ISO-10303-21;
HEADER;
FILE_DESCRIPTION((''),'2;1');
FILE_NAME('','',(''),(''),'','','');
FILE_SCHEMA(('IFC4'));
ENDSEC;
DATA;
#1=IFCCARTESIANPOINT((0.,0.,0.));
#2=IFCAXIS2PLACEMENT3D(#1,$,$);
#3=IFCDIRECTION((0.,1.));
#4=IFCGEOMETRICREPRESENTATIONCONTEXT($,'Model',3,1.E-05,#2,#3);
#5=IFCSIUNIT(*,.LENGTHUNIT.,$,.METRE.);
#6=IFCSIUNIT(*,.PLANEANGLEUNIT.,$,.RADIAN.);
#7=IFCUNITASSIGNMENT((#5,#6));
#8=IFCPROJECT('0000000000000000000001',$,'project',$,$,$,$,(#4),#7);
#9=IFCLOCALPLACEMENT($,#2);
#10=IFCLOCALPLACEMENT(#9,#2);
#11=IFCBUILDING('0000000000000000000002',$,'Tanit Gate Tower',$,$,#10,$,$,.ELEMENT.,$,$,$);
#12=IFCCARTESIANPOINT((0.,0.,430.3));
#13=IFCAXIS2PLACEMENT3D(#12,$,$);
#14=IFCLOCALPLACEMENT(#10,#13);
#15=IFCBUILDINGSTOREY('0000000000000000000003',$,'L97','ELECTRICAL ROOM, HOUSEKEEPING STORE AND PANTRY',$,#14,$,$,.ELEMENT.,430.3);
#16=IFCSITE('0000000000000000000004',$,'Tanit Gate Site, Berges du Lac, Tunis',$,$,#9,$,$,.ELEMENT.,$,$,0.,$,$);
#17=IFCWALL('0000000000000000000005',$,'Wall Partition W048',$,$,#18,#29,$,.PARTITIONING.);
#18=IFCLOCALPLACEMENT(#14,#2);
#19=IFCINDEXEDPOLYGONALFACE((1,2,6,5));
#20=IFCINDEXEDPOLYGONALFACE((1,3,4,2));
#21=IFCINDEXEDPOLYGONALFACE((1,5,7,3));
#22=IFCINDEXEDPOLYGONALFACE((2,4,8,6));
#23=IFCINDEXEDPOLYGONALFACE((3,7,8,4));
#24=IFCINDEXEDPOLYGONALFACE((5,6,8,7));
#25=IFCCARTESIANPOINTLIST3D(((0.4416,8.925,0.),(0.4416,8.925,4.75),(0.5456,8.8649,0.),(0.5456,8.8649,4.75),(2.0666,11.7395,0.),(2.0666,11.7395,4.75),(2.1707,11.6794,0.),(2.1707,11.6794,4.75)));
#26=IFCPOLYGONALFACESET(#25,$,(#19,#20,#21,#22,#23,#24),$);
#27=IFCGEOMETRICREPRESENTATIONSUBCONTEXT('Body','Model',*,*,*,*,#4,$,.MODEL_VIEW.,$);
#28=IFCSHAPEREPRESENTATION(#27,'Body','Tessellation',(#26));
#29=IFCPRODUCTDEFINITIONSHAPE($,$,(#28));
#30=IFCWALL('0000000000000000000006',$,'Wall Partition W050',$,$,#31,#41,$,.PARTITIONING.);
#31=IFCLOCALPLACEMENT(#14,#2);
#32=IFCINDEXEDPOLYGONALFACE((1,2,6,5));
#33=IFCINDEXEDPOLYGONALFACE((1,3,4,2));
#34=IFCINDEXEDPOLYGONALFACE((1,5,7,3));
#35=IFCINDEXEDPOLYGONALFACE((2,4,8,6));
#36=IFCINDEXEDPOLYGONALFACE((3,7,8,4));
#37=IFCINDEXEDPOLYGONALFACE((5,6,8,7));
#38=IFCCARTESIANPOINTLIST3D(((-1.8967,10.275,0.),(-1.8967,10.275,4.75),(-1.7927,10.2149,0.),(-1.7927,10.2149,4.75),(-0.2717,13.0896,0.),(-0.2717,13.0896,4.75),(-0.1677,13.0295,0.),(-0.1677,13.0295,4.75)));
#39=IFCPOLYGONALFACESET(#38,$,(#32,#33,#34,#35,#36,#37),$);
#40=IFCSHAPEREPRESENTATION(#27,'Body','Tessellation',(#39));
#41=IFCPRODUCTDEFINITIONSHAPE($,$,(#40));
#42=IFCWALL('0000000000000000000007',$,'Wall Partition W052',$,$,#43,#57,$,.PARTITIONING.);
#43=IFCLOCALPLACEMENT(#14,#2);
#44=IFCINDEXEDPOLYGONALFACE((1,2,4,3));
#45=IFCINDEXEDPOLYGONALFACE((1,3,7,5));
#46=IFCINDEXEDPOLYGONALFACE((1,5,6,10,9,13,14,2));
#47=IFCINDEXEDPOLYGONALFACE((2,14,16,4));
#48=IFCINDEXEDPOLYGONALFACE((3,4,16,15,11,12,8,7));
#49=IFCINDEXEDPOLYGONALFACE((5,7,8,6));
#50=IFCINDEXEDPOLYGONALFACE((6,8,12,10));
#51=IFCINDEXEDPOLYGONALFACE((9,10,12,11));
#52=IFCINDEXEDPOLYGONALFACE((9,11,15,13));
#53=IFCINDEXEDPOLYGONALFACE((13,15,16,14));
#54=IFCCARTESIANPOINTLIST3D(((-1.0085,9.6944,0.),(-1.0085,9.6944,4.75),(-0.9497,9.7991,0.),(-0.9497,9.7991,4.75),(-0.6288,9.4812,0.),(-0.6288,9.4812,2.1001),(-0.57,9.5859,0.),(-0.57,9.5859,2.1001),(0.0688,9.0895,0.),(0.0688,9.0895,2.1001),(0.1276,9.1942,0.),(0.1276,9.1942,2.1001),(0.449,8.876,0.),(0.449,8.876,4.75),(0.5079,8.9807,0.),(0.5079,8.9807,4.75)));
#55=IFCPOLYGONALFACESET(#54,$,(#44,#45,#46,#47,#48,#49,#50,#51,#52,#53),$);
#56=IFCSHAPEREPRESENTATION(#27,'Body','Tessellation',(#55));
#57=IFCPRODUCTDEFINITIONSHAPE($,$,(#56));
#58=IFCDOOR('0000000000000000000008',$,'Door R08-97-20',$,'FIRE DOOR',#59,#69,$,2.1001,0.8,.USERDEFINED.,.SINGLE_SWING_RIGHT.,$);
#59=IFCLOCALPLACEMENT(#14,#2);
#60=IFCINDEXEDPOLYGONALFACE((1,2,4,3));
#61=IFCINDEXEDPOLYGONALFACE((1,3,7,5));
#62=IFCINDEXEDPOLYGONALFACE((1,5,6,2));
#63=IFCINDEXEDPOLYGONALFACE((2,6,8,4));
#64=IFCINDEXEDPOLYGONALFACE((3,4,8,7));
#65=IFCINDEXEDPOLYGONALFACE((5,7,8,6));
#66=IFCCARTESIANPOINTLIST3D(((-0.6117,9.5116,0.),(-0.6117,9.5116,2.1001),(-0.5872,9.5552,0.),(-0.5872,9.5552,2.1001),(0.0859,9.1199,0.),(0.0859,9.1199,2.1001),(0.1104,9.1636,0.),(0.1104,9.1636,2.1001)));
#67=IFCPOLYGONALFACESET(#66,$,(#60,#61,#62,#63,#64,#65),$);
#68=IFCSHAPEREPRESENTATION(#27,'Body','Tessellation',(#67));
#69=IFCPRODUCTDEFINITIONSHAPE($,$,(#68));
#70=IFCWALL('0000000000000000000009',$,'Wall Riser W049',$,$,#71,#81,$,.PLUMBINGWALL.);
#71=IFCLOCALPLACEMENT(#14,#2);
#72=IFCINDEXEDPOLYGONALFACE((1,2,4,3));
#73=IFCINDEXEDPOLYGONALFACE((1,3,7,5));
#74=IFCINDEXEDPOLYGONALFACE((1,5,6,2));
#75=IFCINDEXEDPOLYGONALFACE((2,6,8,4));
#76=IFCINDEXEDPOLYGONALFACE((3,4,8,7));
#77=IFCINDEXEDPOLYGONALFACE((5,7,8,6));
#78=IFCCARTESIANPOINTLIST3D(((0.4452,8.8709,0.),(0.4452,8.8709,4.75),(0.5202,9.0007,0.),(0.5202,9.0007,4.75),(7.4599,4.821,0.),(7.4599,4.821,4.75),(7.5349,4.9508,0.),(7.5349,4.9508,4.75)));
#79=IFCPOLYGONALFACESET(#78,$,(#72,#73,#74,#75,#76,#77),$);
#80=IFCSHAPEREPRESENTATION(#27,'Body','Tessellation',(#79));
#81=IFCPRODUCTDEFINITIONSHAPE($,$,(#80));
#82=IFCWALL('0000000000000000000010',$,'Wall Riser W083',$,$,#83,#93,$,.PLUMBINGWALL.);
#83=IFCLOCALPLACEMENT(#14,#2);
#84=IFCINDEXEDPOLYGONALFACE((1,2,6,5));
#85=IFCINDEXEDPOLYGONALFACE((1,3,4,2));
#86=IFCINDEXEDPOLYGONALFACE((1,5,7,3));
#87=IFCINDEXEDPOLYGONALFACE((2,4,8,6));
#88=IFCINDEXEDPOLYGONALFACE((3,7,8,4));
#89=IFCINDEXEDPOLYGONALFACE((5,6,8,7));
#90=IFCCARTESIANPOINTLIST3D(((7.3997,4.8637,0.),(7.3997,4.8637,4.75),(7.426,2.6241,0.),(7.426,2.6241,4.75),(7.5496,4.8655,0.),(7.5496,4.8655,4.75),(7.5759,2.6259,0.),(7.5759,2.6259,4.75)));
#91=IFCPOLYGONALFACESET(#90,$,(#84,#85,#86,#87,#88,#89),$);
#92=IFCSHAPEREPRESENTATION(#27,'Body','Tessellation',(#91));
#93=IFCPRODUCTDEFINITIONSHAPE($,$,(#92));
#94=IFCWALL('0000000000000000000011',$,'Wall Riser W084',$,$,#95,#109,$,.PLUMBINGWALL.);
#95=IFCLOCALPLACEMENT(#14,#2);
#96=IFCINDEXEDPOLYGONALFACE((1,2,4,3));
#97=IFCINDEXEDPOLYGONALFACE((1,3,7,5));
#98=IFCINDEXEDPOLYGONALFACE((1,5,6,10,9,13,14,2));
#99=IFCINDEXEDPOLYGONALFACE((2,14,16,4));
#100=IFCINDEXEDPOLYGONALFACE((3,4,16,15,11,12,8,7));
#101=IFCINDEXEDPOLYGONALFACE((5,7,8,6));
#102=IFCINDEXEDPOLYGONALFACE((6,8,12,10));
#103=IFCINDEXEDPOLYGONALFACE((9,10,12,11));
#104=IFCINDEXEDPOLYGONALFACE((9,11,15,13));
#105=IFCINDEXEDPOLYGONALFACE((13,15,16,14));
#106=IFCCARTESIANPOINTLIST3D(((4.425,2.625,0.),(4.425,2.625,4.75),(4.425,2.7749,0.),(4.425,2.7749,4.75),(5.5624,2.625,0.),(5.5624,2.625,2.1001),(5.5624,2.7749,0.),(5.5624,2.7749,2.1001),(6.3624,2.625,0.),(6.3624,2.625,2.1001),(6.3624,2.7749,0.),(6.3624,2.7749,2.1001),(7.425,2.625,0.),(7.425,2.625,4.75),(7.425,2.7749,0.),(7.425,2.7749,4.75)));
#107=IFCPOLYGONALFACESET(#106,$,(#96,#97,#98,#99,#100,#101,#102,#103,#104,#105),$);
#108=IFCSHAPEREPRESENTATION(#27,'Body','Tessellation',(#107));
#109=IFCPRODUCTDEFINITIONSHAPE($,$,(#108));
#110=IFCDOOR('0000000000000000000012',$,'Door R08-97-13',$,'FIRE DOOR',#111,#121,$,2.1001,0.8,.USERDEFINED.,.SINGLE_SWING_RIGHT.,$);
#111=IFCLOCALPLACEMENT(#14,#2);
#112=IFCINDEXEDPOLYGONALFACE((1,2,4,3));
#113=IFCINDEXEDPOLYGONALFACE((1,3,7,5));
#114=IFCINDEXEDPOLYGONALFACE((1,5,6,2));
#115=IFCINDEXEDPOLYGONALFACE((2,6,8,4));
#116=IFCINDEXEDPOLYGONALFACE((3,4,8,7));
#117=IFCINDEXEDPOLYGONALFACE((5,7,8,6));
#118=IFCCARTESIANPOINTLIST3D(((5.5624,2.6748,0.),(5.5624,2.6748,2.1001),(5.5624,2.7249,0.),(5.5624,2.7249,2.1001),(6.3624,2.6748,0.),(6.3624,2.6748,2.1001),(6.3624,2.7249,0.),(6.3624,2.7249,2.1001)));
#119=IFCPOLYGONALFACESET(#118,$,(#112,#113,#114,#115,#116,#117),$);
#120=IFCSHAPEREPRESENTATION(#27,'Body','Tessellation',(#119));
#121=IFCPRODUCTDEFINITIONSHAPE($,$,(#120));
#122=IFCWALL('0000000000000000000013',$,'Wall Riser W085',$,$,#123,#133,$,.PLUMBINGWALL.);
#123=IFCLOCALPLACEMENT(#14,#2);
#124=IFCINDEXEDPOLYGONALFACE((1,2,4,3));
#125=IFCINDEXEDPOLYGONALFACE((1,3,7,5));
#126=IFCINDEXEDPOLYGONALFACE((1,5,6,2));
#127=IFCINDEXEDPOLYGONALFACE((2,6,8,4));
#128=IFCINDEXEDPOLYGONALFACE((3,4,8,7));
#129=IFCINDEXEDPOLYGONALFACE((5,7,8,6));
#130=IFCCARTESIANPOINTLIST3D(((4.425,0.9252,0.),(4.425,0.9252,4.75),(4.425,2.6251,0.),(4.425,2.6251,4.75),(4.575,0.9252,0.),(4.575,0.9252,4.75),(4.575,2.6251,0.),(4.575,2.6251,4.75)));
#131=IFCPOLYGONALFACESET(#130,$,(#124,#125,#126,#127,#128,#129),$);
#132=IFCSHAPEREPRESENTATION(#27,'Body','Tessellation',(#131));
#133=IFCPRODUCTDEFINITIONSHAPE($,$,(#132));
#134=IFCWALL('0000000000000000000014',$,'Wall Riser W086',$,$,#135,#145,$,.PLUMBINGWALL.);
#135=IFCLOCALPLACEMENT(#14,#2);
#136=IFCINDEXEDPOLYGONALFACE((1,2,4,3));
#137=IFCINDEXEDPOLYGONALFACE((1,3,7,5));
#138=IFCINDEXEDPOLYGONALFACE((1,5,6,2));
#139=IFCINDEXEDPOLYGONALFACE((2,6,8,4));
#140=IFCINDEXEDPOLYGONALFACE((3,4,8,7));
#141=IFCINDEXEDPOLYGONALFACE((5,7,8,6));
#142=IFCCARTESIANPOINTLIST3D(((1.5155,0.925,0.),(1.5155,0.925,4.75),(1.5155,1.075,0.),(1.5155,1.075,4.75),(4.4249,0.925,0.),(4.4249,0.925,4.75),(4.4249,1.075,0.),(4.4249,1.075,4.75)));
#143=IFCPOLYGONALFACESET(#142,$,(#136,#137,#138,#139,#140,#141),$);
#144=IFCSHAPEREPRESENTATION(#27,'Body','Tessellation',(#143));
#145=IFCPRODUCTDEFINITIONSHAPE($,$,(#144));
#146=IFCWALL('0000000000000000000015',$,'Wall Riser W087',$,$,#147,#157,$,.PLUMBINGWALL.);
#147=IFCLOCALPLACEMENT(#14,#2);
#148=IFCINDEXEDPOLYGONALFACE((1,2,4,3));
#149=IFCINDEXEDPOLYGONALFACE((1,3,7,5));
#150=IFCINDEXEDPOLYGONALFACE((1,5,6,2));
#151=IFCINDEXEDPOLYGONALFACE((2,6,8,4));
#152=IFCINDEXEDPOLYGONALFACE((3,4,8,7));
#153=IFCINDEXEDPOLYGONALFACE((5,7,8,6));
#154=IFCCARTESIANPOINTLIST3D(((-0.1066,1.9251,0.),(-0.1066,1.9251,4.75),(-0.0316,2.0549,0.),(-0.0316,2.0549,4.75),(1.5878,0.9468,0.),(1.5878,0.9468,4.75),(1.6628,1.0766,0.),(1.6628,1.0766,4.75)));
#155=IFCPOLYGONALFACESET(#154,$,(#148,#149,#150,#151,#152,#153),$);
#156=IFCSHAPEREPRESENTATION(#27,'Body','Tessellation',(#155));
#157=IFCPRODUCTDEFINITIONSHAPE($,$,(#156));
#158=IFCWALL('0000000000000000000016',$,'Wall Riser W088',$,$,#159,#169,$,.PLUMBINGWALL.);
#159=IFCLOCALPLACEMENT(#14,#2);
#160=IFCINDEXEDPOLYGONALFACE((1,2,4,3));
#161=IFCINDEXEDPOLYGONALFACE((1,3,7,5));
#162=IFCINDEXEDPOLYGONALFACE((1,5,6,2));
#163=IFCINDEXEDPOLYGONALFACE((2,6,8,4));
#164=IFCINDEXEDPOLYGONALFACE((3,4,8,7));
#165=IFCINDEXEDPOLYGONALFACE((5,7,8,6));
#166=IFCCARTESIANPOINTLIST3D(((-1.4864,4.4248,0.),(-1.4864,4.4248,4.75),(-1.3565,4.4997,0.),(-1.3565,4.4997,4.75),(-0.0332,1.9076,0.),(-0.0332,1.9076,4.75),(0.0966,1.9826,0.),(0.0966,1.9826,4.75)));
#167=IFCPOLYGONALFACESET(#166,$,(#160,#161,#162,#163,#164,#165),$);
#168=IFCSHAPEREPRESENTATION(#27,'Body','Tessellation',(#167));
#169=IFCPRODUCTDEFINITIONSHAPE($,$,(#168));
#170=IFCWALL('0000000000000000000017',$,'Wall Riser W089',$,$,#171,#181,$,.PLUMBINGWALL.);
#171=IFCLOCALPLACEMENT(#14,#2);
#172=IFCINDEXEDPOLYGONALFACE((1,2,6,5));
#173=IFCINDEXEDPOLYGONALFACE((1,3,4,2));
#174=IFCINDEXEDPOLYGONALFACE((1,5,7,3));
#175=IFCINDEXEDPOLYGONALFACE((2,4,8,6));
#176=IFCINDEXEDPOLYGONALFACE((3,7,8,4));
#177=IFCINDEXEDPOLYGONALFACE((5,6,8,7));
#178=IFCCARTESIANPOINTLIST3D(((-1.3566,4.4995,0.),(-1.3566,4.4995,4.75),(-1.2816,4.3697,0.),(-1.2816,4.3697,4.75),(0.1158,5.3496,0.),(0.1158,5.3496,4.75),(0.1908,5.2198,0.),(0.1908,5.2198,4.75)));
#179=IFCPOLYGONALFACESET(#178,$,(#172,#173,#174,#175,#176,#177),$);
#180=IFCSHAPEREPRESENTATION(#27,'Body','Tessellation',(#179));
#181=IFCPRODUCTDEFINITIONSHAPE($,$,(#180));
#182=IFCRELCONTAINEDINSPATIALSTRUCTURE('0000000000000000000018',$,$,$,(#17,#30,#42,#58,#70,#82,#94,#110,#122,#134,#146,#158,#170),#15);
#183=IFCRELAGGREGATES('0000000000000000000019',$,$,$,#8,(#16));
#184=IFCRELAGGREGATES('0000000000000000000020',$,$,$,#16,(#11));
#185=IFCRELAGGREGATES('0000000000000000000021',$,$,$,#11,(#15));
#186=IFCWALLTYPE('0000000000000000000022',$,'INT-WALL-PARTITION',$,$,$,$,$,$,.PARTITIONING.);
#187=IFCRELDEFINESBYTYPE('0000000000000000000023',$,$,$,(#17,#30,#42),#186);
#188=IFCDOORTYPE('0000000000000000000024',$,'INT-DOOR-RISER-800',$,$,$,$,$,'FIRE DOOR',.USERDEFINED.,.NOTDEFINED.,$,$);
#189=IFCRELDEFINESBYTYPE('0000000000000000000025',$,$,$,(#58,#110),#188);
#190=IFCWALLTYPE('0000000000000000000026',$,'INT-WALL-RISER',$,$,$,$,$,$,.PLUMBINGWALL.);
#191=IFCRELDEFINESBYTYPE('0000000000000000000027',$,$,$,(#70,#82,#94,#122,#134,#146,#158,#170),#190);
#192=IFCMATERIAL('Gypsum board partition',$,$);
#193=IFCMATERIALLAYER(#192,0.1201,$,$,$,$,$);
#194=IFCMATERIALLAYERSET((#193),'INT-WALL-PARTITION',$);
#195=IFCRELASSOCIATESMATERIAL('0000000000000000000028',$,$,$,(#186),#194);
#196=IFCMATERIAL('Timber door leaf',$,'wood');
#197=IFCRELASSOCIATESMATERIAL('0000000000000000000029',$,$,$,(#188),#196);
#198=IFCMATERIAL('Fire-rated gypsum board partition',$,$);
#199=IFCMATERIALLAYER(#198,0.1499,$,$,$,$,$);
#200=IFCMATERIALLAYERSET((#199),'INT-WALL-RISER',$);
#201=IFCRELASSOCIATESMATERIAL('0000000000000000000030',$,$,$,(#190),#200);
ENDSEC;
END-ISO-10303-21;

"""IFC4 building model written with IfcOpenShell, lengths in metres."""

from ifc_helpers import new_model, si_unit, direction, frame, frame_2d, origin, place, context, subcontext, project, spatial, rectangle, extrude, material, layer, layer_set, type_object, element, fill, save


model = new_model("IFC4")

# Units and contexts
model_context = context("Model", 3, precision=1e-05, world=origin(), true_north=direction((0.0, 1.0)))
body_context = subcontext(model_context, "Body", "Model", "MODEL_VIEW")
ifc_project = project(units=[si_unit("LENGTHUNIT", "METRE"), si_unit("PLANEANGLEUNIT", "RADIAN")], contexts=[model_context])

# Site, building, storey
site_placement = place(None, origin())
site = spatial("IfcSite", under=ifc_project, at=site_placement, Name="Tanit Gate Site, Berges du Lac, Tunis", CompositionType="ELEMENT", RefElevation=0.0)
building_placement = place(site_placement, origin())
building = spatial("IfcBuilding", under=site, at=building_placement, Name="Tanit Gate Tower", CompositionType="ELEMENT")
storey_placement = place(building_placement, frame((0.0, 0.0, 430.3)))
storey = spatial("IfcBuildingStorey", under=building, at=storey_placement, Name="L97", Description="ELECTRICAL ROOM, HOUSEKEEPING STORE AND PANTRY", CompositionType="ELEMENT", Elevation=430.3)

# Shared definitions
ifc_material_1 = material(Name="Gypsum board partition")
ifc_layer_1 = layer(ifc_material_1, 0.1201)
ifc_layer_set_1 = layer_set([ifc_layer_1], Name="INT-WALL-PARTITION")
wall_type_1 = type_object("IfcWallType", Name="INT-WALL-PARTITION", PredefinedType="PARTITIONING", material=ifc_layer_set_1)
ifc_material_2 = material(Name="Timber door leaf", Category="wood")
door_type_1 = type_object("IfcDoorType", Name="INT-DOOR-RISER-800", ElementType="FIRE DOOR", OperationType="NOTDEFINED", PredefinedType="USERDEFINED", material=ifc_material_2)

# Walls
for number, where, z_axis, x_axis, name in (
    (1, (2.1187, 11.7095, 0.0), (0.0, 0.0, 1.0), (-0.500017, -0.866015, 0.0), "Wall Partition W048"),
    (2, (-0.2197, 13.0596, 0.0), (0.0, 0.0, 1.0), (-0.499985, -0.866034, 0.0), "Wall Partition W050"),
):
    element("IfcWall", number, at=place(storey_placement, frame(where, z_axis=z_axis, x_axis=x_axis)), inside=storey, type_object=wall_type_1, Name=name, PredefinedType="PARTITIONING", context=body_context, shape_type="SweptSolid", body=[
        extrude(rectangle(XDim=3.25, YDim=0.1201, at=frame_2d((1.625, 0.0))), origin(), (0.0, 0.0, 1.0), 4.75),
    ])

# Wall, opening, door
wall_1_placement = place(storey_placement, frame((-0.9792, 9.7468, 0.0), z_axis=(0.0, 0.0, 1.0), x_axis=(0.871958, -0.489582, 0.0)))
wall_1 = element("IfcWall", 3, at=wall_1_placement, inside=storey, type_object=wall_type_1, Name="Wall Partition W052", PredefinedType="PARTITIONING", context=body_context, shape_type="SweptSolid", body=[
    extrude(rectangle(XDim=1.6716, YDim=0.1201, at=frame_2d((0.8359, 0.0))), origin(), (0.0, 0.0, 1.0), 4.75),
])
opening_1_placement = place(wall_1_placement, frame((0.4358, 0.0, 0.0)))
opening_1 = element("IfcOpeningElement", 4, at=opening_1_placement, cuts=wall_1, PredefinedType="OPENING", context=body_context, shape_type="SweptSolid", body=[
    extrude(rectangle(XDim=0.8, YDim=2.1001, at=frame_2d((0.3999, 1.05))), frame((0.0, 0.0701, 0.0), z_axis=(0.0, -1.0, 0.0), x_axis=(1.0, 0.0, 0.0)), (0.0, 0.0, 1.0), 0.1401),
])
door_1_placement = place(opening_1_placement, origin())
door_1 = element("IfcDoor", 5, at=door_1_placement, inside=storey, type_object=door_type_1, Name="Door R08-97-20", ObjectType="FIRE DOOR", OperationType="SINGLE_SWING_RIGHT", OverallHeight=2.1001, OverallWidth=0.8, PredefinedType="USERDEFINED", context=body_context, shape_type="SweptSolid", body=[
    extrude(rectangle(XDim=0.8, YDim=2.1001, at=frame_2d((0.3999, 1.05))), frame((0.0, 0.0249, 0.0), z_axis=(0.0, -1.0, 0.0), x_axis=(1.0, 0.0, 0.0)), (0.0, 0.0, 1.0), 0.05),
])
fill(opening_1, door_1)

# Walls
ifc_material_3 = material(Name="Fire-rated gypsum board partition")
ifc_layer_2 = layer(ifc_material_3, 0.1499)
ifc_layer_set_2 = layer_set([ifc_layer_2], Name="INT-WALL-RISER")
wall_type_2 = type_object("IfcWallType", Name="INT-WALL-RISER", PredefinedType="PLUMBINGWALL", material=ifc_layer_set_2)
wall_2_placement = place(storey_placement, frame((7.4973, 4.886, 0.0), z_axis=(0.0, 0.0, 1.0), x_axis=(-0.866031, 0.49999, 0.0)))
element("IfcWall", 6, at=wall_2_placement, inside=storey, type_object=wall_type_2, Name="Wall Riser W049", PredefinedType="PLUMBINGWALL", context=body_context, shape_type="SweptSolid", body=[
    extrude(rectangle(XDim=8.0999, YDim=0.1499, at=frame_2d((4.0498, 0.0))), origin(), (0.0, 0.0, 1.0), 4.75),
])
wall_3_placement = place(storey_placement, frame((7.501, 2.625, 0.0), z_axis=(0.0, 0.0, 1.0), x_axis=(-0.011773, 0.999931, 0.0)))
element("IfcWall", 7, at=wall_3_placement, inside=storey, type_object=wall_type_2, Name="Wall Riser W083", PredefinedType="PLUMBINGWALL", context=body_context, shape_type="SweptSolid", body=[
    extrude(rectangle(XDim=2.2397, YDim=0.1499, at=frame_2d((1.1199, 0.0))), origin(), (0.0, 0.0, 1.0), 4.75),
])

# Wall, opening, door
wall_4_placement = place(storey_placement, frame((4.425, 2.7, 0.0), z_axis=(0.0, 0.0, 1.0), x_axis=(1.0, 0.0, 0.0)))
wall_4 = element("IfcWall", 8, at=wall_4_placement, inside=storey, type_object=wall_type_2, Name="Wall Riser W084", PredefinedType="PLUMBINGWALL", context=body_context, shape_type="SweptSolid", body=[
    extrude(rectangle(XDim=3.0, YDim=0.1499, at=frame_2d((1.5, 0.0))), origin(), (0.0, 0.0, 1.0), 4.75),
])
opening_2_placement = place(wall_4_placement, frame((1.1375, 0.0, 0.0)))
opening_2 = element("IfcOpeningElement", 9, at=opening_2_placement, cuts=wall_4, PredefinedType="OPENING", context=body_context, shape_type="SweptSolid", body=[
    extrude(rectangle(XDim=0.8, YDim=2.1001, at=frame_2d((0.3999, 1.05))), frame((0.0, 0.085, 0.0), z_axis=(0.0, -1.0, 0.0), x_axis=(1.0, 0.0, 0.0)), (0.0, 0.0, 1.0), 0.1699),
])
door_2_placement = place(opening_2_placement, origin())
door_2 = element("IfcDoor", 10, at=door_2_placement, inside=storey, type_object=door_type_1, Name="Door R08-97-13", ObjectType="FIRE DOOR", OperationType="SINGLE_SWING_RIGHT", OverallHeight=2.1001, OverallWidth=0.8, PredefinedType="USERDEFINED", context=body_context, shape_type="SweptSolid", body=[
    extrude(rectangle(XDim=0.8, YDim=2.1001, at=frame_2d((0.3999, 1.05))), frame((0.0, 0.0249, 0.0), z_axis=(0.0, -1.0, 0.0), x_axis=(1.0, 0.0, 0.0)), (0.0, 0.0, 1.0), 0.05),
])
fill(opening_2, door_2)

# Walls
wall_5_placement = place(storey_placement, frame((4.5, 0.925, 0.0), z_axis=(0.0, 0.0, 1.0), x_axis=(0.0, 1.0, 0.0)))
element("IfcWall", 11, at=wall_5_placement, inside=storey, type_object=wall_type_2, Name="Wall Riser W085", PredefinedType="PLUMBINGWALL", context=body_context, shape_type="SweptSolid", body=[
    extrude(rectangle(XDim=1.7, YDim=0.1499, at=frame_2d((0.8501, 0.0))), origin(), (0.0, 0.0, 1.0), 4.75),
])
wall_6_placement = place(storey_placement, frame((1.5156, 1.0, 0.0), z_axis=(0.0, 0.0, 1.0), x_axis=(1.0, 0.0, 0.0)))
element("IfcWall", 12, at=wall_6_placement, inside=storey, type_object=wall_type_2, Name="Wall Riser W086", PredefinedType="PLUMBINGWALL", context=body_context, shape_type="SweptSolid", body=[
    extrude(rectangle(XDim=2.9094, YDim=0.1499, at=frame_2d((1.4546, 0.0))), origin(), (0.0, 0.0, 1.0), 4.75),
])
wall_7_placement = place(storey_placement, frame((-0.0691, 1.99, 0.0), z_axis=(0.0, 0.0, 1.0), x_axis=(0.866015, -0.500018, 0.0)))
element("IfcWall", 13, at=wall_7_placement, inside=storey, type_object=wall_type_2, Name="Wall Riser W087", PredefinedType="PLUMBINGWALL", context=body_context, shape_type="SweptSolid", body=[
    extrude(rectangle(XDim=1.9565, YDim=0.1499, at=frame_2d((0.9783, 0.0))), origin(), (0.0, 0.0, 1.0), 4.75),
])
wall_8_placement = place(storey_placement, frame((-1.4214, 4.4622, 0.0), z_axis=(0.0, 0.0, 1.0), x_axis=(0.49997, -0.866043, 0.0)))
element("IfcWall", 14, at=wall_8_placement, inside=storey, type_object=wall_type_2, Name="Wall Riser W088", PredefinedType="PLUMBINGWALL", context=body_context, shape_type="SweptSolid", body=[
    extrude(rectangle(XDim=2.9065, YDim=0.1499, at=frame_2d((1.4531, 0.0))), origin(), (0.0, 0.0, 1.0), 4.75),
])
wall_9_placement = place(storey_placement, frame((0.1533, 5.2847, 0.0), z_axis=(0.0, 0.0, 1.0), x_axis=(-0.866025, -0.5, 0.0)))
element("IfcWall", 15, at=wall_9_placement, inside=storey, type_object=wall_type_2, Name="Wall Riser W089", PredefinedType="PLUMBINGWALL", context=body_context, shape_type="SweptSolid", body=[
    extrude(rectangle(XDim=1.7002, YDim=0.1499, at=frame_2d((0.8501, 0.0))), origin(), (0.0, 0.0, 1.0), 4.75),
])

save(model, "model.ifc")
